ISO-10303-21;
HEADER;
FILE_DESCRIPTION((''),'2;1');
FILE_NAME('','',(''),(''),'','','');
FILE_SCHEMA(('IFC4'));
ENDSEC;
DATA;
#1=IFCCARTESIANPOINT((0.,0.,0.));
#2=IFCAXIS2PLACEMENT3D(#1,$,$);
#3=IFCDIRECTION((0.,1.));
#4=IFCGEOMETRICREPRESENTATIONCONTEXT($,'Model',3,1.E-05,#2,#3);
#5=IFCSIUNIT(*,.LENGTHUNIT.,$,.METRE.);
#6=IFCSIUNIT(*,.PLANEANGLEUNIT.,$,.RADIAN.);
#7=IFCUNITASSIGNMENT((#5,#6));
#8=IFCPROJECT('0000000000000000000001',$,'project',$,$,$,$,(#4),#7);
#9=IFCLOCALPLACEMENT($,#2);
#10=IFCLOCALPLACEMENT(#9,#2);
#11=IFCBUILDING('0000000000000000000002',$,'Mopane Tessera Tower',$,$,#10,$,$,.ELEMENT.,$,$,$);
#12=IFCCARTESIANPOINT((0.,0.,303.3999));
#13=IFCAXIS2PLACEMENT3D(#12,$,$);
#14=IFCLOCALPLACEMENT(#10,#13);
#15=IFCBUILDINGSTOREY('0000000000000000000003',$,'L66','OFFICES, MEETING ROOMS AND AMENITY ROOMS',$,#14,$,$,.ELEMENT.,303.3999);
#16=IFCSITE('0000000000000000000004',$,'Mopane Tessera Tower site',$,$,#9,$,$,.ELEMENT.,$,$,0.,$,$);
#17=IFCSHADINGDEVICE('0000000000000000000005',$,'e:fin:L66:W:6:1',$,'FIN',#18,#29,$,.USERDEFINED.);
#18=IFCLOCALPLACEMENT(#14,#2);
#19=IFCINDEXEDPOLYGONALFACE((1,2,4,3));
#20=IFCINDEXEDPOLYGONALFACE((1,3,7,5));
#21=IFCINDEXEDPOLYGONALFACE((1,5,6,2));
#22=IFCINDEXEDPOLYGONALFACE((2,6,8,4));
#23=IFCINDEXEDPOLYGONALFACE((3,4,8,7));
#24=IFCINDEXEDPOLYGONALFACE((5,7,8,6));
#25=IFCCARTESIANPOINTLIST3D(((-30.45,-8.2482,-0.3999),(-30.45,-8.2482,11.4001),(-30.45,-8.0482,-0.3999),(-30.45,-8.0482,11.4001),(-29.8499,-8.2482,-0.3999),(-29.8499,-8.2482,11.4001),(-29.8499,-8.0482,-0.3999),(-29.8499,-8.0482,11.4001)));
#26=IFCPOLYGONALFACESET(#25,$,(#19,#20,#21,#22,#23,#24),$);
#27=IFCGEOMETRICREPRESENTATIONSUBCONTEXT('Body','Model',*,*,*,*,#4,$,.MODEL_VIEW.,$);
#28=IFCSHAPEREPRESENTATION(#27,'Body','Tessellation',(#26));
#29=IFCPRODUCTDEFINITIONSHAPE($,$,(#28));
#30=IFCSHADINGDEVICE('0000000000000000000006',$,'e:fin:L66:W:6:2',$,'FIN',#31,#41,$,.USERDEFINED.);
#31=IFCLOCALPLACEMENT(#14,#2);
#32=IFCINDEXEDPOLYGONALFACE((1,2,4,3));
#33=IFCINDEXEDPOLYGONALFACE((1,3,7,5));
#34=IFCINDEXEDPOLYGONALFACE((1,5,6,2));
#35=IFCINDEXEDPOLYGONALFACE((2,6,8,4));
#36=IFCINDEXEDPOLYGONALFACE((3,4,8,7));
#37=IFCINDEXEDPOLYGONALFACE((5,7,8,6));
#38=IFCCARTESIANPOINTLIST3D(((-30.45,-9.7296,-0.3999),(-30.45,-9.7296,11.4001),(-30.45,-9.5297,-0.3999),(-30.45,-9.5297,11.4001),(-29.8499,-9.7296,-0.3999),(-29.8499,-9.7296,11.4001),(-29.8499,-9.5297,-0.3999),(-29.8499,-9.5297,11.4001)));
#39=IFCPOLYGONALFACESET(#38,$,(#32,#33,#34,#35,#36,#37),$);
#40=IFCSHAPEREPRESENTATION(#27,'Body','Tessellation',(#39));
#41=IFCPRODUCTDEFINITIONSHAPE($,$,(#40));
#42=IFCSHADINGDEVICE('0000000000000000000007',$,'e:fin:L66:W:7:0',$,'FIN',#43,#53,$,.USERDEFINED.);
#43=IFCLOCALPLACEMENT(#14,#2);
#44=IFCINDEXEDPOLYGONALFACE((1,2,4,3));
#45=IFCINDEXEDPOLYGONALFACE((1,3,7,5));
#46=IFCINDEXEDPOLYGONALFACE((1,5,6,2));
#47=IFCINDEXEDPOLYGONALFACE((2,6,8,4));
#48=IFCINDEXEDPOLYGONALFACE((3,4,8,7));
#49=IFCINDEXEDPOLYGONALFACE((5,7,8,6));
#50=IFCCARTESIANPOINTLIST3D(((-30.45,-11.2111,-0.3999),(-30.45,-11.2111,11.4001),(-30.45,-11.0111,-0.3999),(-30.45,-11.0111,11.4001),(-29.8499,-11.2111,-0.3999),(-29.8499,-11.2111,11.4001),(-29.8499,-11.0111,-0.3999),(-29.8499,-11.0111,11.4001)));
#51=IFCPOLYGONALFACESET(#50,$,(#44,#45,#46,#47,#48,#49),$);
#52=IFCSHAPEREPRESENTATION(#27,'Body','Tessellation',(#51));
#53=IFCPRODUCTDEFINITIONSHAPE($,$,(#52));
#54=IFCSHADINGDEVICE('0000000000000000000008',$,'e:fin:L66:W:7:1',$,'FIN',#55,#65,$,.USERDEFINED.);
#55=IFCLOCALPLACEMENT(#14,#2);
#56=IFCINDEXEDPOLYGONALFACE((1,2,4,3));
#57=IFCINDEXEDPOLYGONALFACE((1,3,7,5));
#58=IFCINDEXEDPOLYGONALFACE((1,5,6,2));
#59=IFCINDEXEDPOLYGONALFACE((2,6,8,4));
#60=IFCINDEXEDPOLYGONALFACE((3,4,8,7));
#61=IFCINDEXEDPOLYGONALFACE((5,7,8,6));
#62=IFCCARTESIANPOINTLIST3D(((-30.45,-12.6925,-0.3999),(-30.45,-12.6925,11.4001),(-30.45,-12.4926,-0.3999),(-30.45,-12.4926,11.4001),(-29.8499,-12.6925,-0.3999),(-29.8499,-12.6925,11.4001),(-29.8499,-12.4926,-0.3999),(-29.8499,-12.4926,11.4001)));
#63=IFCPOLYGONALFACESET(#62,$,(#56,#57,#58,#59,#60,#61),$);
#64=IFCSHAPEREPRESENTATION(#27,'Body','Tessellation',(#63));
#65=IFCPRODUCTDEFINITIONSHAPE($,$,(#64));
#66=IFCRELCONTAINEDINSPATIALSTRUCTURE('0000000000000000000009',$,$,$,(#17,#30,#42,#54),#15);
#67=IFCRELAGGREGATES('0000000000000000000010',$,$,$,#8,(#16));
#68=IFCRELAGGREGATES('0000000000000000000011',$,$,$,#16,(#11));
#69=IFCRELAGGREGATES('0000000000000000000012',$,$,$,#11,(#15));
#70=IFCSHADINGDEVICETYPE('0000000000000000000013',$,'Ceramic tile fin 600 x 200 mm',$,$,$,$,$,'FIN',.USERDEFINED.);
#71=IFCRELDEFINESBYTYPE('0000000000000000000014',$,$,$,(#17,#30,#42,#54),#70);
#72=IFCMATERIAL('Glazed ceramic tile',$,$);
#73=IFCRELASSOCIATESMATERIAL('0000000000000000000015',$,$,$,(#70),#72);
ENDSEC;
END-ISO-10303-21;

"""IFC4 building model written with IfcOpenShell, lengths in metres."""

from ifc_helpers import new_model, si_unit, direction, frame, origin, origin_2d, place, context, subcontext, project, spatial, rectangle, extrude, material, type_object, element, save


model = new_model("IFC4")

# Units and contexts
model_context = context("Model", 3, precision=1e-05, world=origin(), true_north=direction((0.0, 1.0)))
body_context = subcontext(model_context, "Body", "Model", "MODEL_VIEW")
ifc_project = project(units=[si_unit("LENGTHUNIT", "METRE"), si_unit("PLANEANGLEUNIT", "RADIAN")], contexts=[model_context])

# Site, building, storey
site_placement = place(None, origin())
site = spatial("IfcSite", under=ifc_project, at=site_placement, Name="Mopane Tessera Tower site", CompositionType="ELEMENT", RefElevation=0.0)
building_placement = place(site_placement, origin())
building = spatial("IfcBuilding", under=site, at=building_placement, Name="Mopane Tessera Tower", CompositionType="ELEMENT")
storey_placement = place(building_placement, frame((0.0, 0.0, 303.3999)))
storey = spatial("IfcBuildingStorey", under=building, at=storey_placement, Name="L66", Description="OFFICES, MEETING ROOMS AND AMENITY ROOMS", CompositionType="ELEMENT", Elevation=303.3999)

# Shading devices
ifc_material_1 = material(Name="Glazed ceramic tile")
shading_device_type = type_object("IfcShadingDeviceType", Name="Ceramic tile fin 600 x 200 mm", ElementType="FIN", PredefinedType="USERDEFINED", material=ifc_material_1)
for number, where, z_axis, x_axis, name in (
    (1, (-30.1499, -8.1482, -0.3999), (0.0, 0.0, 1.0), (0.0, -1.0, 0.0), "e:fin:L66:W:6:1"),
    (2, (-30.1499, -9.6296, -0.3999), (0.0, 0.0, 1.0), (0.0, -1.0, 0.0), "e:fin:L66:W:6:2"),
    (3, (-30.1499, -11.1111, -0.3999), (0.0, 0.0, 1.0), (0.0, -1.0, 0.0), "e:fin:L66:W:7:0"),
    (4, (-30.1499, -12.5925, -0.3999), (0.0, 0.0, 1.0), (0.0, -1.0, 0.0), "e:fin:L66:W:7:1"),
):
    element("IfcShadingDevice", number, at=place(storey_placement, frame(where, z_axis=z_axis, x_axis=x_axis)), inside=storey, type_object=shading_device_type, Name=name, ObjectType="FIN", PredefinedType="USERDEFINED", context=body_context, shape_type="SweptSolid", body=[
        extrude(rectangle(XDim=0.2, YDim=0.6001, at=origin_2d()), origin(), (0.0, 0.0, 1.0), 11.8),
    ])

save(model, "model.ifc")
